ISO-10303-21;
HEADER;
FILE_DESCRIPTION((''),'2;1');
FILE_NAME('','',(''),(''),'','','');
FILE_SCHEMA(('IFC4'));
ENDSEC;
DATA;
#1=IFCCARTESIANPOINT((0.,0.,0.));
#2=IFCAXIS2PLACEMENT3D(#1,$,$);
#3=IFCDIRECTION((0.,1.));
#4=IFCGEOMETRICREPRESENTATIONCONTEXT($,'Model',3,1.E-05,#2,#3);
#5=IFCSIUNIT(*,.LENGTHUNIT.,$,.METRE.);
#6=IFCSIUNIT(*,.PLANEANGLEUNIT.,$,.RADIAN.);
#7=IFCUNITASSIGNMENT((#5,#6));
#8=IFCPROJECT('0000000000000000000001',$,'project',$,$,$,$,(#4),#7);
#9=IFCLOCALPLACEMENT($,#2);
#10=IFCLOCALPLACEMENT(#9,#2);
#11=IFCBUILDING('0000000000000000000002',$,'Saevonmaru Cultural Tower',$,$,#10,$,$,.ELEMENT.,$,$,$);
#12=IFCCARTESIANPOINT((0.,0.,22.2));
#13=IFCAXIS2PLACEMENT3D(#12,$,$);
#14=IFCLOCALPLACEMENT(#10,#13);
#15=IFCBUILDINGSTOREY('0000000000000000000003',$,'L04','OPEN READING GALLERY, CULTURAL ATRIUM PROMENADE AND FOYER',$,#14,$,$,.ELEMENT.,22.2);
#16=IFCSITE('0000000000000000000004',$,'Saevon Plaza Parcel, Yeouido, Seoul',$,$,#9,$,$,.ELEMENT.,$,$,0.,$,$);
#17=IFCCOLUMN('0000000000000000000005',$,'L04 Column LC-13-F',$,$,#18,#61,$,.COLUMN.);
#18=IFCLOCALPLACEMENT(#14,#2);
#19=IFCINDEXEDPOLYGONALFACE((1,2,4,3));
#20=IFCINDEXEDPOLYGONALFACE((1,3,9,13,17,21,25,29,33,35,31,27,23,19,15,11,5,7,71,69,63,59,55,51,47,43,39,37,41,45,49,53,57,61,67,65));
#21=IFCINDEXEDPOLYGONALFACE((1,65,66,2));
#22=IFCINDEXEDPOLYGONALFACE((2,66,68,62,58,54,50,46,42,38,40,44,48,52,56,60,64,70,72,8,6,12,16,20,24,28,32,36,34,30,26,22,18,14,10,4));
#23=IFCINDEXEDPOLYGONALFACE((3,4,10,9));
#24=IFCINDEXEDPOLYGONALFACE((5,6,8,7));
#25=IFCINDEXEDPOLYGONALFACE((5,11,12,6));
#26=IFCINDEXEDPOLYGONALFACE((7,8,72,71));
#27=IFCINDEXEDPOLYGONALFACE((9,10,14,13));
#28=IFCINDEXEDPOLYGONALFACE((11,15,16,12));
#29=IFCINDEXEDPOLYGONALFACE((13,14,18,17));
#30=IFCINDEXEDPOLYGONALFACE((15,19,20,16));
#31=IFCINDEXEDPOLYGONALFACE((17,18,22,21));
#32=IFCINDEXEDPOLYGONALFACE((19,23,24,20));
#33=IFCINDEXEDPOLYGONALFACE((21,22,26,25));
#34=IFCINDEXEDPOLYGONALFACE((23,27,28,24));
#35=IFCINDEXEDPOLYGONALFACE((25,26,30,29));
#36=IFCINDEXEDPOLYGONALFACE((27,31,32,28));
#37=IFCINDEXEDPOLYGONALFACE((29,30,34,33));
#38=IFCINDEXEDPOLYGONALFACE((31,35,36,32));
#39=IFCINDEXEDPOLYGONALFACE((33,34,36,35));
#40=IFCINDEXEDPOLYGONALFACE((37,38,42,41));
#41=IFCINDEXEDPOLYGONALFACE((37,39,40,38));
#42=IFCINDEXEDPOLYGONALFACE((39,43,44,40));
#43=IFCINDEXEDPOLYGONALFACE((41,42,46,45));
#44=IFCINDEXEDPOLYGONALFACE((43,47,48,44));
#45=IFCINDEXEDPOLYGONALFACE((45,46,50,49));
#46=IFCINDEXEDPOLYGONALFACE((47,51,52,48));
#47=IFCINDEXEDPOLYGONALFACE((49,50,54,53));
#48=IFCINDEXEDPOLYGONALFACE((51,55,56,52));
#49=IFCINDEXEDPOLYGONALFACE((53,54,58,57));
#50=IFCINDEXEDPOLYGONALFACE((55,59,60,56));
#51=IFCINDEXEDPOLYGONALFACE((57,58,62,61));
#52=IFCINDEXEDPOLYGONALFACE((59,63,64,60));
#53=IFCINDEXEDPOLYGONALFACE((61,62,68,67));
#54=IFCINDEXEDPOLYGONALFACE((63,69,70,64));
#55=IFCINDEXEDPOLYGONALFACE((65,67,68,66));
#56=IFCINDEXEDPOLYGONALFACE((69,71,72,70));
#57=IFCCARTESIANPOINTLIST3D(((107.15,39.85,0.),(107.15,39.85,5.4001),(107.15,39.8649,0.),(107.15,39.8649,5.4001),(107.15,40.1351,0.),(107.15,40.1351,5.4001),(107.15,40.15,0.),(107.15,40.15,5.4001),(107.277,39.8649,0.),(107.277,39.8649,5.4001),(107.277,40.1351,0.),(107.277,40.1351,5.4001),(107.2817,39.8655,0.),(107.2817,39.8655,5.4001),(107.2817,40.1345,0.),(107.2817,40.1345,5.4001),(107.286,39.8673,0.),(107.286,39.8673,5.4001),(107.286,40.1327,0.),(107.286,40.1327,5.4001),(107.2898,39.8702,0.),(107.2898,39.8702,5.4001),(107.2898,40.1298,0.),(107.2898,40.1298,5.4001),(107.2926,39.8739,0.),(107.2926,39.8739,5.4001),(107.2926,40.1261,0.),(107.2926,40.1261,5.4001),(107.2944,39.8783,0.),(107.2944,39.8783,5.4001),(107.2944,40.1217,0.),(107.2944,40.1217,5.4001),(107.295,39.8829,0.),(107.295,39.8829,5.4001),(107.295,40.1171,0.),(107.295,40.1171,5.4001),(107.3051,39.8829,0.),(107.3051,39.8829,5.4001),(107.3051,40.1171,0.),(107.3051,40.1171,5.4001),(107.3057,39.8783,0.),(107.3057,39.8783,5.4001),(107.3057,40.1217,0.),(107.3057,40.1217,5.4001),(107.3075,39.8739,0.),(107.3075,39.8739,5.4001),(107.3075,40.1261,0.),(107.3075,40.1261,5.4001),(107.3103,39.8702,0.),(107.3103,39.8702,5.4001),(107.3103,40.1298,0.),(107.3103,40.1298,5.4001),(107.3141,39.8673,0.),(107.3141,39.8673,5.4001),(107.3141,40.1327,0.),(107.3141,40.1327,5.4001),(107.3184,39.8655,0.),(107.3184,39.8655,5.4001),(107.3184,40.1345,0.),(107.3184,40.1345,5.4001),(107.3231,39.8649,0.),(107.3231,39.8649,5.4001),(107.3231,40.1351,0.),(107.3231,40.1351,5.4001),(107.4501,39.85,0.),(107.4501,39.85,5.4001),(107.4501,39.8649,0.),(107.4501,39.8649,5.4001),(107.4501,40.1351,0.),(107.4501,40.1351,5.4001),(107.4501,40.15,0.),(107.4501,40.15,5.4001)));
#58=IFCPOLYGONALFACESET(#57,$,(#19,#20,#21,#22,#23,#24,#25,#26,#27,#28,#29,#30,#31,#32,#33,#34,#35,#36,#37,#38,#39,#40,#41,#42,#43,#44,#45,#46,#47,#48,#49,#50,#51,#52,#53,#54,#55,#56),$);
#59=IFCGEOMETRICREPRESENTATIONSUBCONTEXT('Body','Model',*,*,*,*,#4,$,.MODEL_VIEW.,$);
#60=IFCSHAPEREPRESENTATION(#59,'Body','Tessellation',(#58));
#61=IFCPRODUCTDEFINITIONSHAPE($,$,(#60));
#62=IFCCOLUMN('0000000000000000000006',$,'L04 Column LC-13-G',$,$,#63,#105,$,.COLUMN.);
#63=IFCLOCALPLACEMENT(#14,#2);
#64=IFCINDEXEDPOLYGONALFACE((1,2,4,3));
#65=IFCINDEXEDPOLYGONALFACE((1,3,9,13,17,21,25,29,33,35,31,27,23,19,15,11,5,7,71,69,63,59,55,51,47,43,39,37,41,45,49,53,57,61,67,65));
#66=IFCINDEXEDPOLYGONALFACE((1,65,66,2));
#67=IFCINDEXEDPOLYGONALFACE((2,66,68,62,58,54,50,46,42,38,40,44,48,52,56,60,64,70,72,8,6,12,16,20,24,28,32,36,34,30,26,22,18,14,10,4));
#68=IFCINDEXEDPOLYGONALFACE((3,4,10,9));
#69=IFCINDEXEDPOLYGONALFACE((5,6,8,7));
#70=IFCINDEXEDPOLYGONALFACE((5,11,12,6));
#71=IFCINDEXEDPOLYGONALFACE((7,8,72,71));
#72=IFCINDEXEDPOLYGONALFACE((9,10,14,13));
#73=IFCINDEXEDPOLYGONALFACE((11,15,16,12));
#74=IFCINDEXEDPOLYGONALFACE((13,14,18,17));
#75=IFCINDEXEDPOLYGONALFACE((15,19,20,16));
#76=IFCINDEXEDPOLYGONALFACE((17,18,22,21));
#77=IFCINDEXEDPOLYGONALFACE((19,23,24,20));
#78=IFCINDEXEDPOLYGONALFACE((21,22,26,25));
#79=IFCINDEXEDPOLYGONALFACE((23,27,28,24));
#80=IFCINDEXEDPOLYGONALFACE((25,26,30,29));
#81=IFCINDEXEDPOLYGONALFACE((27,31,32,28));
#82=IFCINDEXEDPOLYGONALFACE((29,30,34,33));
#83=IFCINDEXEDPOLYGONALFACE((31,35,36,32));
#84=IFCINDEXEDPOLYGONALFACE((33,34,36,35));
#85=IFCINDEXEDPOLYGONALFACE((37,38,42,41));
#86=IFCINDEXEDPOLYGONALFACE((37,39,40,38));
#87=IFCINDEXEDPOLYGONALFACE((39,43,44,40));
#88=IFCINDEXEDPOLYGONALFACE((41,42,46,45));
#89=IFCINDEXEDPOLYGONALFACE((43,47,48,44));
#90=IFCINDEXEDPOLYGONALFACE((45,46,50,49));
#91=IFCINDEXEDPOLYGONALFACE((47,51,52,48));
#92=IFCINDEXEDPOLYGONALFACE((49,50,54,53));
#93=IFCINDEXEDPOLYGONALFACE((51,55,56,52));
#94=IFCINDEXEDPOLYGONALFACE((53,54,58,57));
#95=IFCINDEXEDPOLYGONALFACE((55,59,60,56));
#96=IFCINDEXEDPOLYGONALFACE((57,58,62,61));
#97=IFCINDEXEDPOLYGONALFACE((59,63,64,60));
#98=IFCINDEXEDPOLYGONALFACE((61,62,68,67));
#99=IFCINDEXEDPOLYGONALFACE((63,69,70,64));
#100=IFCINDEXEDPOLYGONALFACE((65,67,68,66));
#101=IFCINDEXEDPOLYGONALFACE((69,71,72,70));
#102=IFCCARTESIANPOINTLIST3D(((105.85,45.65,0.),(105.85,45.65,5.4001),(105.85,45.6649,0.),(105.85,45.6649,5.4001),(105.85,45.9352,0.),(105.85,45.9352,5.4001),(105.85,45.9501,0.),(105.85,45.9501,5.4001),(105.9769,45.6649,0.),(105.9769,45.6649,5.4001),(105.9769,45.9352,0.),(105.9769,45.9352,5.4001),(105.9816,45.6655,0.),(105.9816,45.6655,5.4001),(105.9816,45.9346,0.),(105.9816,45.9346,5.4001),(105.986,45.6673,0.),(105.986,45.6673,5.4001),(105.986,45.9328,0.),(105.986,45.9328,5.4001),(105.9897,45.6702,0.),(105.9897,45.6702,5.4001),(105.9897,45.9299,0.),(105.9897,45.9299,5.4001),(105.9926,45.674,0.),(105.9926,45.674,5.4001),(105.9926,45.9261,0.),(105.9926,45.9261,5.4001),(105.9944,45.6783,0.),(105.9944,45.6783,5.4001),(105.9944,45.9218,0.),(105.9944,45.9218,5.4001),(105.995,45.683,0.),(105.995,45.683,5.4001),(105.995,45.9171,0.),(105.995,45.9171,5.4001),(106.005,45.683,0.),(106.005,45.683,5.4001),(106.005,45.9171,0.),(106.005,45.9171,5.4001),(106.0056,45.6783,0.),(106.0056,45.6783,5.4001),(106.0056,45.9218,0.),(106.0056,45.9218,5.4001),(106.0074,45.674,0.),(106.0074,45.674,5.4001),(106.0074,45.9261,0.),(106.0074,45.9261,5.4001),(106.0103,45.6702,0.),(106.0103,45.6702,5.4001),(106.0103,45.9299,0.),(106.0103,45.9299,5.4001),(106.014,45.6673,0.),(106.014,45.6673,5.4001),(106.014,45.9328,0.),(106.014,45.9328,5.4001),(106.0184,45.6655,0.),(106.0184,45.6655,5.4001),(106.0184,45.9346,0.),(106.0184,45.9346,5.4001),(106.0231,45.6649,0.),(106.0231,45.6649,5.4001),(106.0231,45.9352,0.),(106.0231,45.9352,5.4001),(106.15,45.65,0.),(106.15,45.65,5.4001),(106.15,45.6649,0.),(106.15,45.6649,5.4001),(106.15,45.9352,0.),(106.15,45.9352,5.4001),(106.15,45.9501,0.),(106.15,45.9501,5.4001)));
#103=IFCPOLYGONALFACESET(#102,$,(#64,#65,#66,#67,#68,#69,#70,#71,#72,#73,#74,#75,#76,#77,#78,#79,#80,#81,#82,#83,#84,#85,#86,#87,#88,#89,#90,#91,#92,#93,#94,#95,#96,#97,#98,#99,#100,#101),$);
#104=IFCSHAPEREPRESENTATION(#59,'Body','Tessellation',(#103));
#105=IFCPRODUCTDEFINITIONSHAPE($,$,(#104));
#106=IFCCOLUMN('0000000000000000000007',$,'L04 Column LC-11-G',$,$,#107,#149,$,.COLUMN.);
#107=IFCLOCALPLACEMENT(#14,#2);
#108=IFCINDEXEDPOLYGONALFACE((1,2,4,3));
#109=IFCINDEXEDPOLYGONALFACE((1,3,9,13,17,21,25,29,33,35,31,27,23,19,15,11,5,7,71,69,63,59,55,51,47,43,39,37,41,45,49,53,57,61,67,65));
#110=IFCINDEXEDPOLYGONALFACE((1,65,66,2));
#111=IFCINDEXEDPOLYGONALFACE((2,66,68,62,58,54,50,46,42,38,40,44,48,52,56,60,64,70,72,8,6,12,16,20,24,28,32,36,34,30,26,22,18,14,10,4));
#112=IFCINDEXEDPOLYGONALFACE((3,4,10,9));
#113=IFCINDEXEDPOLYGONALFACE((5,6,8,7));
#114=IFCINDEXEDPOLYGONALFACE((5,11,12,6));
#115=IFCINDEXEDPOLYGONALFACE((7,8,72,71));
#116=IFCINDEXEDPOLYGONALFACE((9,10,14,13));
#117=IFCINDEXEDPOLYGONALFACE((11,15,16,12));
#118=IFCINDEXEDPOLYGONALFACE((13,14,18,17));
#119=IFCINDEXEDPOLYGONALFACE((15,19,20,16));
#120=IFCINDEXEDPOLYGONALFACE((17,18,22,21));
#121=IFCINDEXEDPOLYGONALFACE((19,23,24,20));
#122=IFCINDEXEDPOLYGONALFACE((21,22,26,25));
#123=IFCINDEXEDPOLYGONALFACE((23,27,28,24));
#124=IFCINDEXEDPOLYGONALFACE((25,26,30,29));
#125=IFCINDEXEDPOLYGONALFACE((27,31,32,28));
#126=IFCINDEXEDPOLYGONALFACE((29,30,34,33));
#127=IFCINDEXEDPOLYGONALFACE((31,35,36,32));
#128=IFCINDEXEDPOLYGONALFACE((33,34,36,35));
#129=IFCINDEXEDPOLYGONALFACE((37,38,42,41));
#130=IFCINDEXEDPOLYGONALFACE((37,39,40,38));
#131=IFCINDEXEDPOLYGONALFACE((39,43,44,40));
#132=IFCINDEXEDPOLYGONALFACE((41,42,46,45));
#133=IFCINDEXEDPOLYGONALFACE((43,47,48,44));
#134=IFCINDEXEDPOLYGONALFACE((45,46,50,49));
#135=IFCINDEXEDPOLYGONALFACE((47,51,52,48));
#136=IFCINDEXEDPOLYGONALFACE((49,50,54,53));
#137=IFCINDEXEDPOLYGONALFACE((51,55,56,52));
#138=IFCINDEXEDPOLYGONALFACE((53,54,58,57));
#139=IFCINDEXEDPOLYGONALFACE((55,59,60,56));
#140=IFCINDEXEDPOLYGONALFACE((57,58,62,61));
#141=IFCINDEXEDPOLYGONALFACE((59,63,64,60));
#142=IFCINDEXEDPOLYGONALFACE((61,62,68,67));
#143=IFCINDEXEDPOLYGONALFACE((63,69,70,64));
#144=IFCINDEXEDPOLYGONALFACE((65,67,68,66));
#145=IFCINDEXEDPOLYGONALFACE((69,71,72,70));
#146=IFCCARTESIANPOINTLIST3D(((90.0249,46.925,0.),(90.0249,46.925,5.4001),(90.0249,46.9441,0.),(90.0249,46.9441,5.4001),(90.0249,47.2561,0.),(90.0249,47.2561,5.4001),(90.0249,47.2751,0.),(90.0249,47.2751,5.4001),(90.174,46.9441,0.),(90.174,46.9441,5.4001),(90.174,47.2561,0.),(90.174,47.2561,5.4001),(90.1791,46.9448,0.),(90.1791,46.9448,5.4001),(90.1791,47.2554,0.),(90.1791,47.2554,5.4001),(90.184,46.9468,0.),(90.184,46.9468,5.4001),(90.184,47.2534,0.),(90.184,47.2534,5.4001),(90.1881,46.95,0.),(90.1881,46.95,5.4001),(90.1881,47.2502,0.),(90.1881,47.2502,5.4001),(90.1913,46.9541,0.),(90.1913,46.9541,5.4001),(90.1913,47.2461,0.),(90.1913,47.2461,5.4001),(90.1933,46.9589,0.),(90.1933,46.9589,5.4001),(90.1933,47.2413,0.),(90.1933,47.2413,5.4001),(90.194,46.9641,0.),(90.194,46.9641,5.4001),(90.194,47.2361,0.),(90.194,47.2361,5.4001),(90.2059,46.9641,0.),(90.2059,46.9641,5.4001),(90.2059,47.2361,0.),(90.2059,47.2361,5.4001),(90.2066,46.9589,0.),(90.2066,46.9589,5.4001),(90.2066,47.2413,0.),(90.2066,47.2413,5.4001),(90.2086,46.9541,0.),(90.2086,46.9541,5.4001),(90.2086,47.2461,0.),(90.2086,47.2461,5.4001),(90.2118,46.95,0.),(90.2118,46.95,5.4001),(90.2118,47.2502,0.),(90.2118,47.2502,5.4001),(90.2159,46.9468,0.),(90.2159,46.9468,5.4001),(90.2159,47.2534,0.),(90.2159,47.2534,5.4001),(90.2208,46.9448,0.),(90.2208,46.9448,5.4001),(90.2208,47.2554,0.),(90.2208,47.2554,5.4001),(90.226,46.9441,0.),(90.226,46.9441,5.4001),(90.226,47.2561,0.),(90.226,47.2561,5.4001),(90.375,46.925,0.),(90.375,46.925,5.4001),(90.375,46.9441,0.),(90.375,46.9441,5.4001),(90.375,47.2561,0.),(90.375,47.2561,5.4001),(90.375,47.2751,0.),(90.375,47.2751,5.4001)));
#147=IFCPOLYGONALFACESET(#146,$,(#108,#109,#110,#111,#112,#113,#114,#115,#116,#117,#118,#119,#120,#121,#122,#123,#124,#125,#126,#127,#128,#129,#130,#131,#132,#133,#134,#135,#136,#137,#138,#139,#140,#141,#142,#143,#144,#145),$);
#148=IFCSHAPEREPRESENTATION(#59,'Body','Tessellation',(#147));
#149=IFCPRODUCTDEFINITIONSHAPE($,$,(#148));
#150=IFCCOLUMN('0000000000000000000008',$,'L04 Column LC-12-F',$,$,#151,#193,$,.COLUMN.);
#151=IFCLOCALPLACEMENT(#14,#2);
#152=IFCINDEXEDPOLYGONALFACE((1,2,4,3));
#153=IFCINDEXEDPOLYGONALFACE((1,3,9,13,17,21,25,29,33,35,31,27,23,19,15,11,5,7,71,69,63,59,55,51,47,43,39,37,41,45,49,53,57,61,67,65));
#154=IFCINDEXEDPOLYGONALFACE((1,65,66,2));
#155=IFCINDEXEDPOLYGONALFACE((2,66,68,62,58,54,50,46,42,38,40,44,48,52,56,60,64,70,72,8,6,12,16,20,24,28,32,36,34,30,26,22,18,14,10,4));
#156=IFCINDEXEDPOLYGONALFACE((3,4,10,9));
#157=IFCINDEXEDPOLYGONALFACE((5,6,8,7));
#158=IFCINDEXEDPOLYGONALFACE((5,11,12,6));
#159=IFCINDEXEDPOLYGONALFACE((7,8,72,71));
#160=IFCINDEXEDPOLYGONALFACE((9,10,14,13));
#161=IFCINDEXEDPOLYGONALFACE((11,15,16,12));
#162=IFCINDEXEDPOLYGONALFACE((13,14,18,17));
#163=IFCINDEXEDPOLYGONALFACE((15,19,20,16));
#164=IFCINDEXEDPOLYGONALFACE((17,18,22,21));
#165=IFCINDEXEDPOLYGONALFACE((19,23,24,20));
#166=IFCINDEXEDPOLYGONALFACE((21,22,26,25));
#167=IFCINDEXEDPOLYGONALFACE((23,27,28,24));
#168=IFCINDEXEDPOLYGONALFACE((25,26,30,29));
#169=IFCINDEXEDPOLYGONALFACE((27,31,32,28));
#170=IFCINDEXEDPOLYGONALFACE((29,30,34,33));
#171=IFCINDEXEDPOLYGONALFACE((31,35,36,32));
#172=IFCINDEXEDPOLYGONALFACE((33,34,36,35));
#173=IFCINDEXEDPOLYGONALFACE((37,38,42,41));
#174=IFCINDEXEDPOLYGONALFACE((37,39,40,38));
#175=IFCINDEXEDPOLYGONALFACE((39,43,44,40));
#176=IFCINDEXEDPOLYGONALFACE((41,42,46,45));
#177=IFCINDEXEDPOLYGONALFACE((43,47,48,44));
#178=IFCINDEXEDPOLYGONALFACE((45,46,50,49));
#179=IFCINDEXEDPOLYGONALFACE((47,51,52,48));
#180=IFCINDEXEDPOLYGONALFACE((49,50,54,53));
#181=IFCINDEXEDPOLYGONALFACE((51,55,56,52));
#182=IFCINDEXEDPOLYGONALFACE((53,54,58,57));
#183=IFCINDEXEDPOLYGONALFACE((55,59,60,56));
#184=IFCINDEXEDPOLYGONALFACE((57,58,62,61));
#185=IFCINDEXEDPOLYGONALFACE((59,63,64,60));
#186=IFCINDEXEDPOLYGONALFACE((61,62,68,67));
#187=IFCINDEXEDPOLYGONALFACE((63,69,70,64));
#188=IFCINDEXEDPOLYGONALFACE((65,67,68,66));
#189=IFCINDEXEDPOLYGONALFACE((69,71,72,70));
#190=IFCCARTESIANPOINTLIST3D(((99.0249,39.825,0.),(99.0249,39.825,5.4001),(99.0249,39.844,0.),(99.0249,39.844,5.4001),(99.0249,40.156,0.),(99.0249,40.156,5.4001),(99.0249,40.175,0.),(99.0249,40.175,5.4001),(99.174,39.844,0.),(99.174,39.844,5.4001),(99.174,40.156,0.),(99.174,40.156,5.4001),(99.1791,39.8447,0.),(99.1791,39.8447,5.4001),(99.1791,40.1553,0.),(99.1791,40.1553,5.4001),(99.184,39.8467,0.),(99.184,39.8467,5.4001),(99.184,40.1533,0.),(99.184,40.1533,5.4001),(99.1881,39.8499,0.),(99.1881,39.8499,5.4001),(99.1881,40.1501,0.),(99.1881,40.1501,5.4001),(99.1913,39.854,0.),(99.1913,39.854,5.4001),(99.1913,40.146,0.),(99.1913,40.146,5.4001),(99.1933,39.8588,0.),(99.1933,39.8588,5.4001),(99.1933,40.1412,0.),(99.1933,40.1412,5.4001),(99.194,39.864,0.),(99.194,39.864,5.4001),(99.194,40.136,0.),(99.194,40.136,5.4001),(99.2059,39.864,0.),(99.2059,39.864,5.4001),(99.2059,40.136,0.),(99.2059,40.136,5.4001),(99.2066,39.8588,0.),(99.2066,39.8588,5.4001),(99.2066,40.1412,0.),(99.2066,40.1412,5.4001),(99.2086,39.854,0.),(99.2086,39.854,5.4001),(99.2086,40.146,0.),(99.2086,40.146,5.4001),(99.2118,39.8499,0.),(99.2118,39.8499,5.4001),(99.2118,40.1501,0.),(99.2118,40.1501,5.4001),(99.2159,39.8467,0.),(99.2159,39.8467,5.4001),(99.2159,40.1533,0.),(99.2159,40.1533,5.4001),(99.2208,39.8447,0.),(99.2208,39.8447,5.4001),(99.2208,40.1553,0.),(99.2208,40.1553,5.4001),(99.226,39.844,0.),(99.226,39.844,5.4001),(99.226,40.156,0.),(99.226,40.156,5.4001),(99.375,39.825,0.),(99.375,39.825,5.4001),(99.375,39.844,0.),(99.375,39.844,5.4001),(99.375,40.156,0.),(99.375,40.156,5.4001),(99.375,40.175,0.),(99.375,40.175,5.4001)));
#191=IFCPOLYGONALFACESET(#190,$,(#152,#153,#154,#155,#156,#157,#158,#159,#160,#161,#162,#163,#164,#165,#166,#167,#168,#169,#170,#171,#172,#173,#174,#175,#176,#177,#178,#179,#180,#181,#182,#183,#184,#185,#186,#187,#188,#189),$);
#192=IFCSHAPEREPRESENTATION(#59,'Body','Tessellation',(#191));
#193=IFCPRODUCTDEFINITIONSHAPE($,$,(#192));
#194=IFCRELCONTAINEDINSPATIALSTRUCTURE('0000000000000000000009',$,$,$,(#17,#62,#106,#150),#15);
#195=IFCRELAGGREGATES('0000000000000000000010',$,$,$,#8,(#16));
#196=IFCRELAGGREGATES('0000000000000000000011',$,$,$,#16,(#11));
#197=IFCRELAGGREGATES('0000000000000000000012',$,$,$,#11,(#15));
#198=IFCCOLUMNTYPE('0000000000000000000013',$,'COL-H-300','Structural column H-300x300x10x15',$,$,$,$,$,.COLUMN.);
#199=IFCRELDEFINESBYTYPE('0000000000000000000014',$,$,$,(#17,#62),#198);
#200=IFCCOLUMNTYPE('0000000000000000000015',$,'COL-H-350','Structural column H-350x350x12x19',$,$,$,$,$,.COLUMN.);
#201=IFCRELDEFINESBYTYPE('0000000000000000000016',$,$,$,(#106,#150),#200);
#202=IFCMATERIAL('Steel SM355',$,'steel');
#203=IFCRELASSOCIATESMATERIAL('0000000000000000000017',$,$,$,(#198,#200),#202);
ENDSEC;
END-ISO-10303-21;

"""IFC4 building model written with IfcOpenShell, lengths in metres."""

from ifc_helpers import new_model, si_unit, direction, frame, origin, origin_2d, place, context, subcontext, project, spatial, i_section, extrude, material, material_profile, profile_set, type_object, element, save


model = new_model("IFC4")

# Units and contexts
model_context = context("Model", 3, precision=1e-05, world=origin(), true_north=direction((0.0, 1.0)))
body_context = subcontext(model_context, "Body", "Model", "MODEL_VIEW")
ifc_project = project(units=[si_unit("LENGTHUNIT", "METRE"), si_unit("PLANEANGLEUNIT", "RADIAN")], contexts=[model_context])

# Site, building, storey
site_placement = place(None, origin())
site = spatial("IfcSite", under=ifc_project, at=site_placement, Name="Saevon Plaza Parcel, Yeouido, Seoul", CompositionType="ELEMENT", RefElevation=0.0)
building_placement = place(site_placement, origin())
building = spatial("IfcBuilding", under=site, at=building_placement, Name="Saevonmaru Cultural Tower", CompositionType="ELEMENT")
storey_placement = place(building_placement, frame((0.0, 0.0, 22.2)))
storey = spatial("IfcBuildingStorey", under=building, at=storey_placement, Name="L04", Description="OPEN READING GALLERY, CULTURAL ATRIUM PROMENADE AND FOYER", CompositionType="ELEMENT", Elevation=22.2)

# Columns
ifc_material_1 = material(Name="Steel SM355", Category="steel")
ifc_material_profile_1 = material_profile(ifc_material_1, i_section(OverallWidth=0.3, OverallDepth=0.3, WebThickness=0.01, FlangeThickness=0.0149, FilletRadius=0.0181, at=origin_2d()), Name="H-300x300x10x15")
ifc_profile_set_1 = profile_set([ifc_material_profile_1], Name="Steel SM355")
column_type_1 = type_object("IfcColumnType", Name="COL-H-300", Description="Structural column H-300x300x10x15", PredefinedType="COLUMN", material=ifc_profile_set_1)
for number, where, z_axis, x_axis, name in (
    (1, (107.3, 40.0, 0.0), (0.0, 0.0, 1.0), (1.0, 0.0, 0.0), "L04 Column LC-13-F"),
    (2, (106.0, 45.8, 0.0), (0.0, 0.0, 1.0), (1.0, 0.0, 0.0), "L04 Column LC-13-G"),
):
    element("IfcColumn", number, at=place(storey_placement, frame(where, z_axis=z_axis, x_axis=x_axis)), inside=storey, type_object=column_type_1, Name=name, PredefinedType="COLUMN", context=body_context, shape_type="SweptSolid", body=[
        extrude(i_section(OverallWidth=0.3, OverallDepth=0.3, WebThickness=0.01, FlangeThickness=0.0149, FilletRadius=0.0181, at=origin_2d()), origin(), (0.0, 0.0, 1.0), 5.4001),
    ])
ifc_material_profile_2 = material_profile(ifc_material_1, i_section(OverallWidth=0.3501, OverallDepth=0.3501, WebThickness=0.012, FlangeThickness=0.019, FilletRadius=0.02, at=origin_2d()), Name="H-350x350x12x19")
ifc_profile_set_2 = profile_set([ifc_material_profile_2], Name="Steel SM355")
column_type_2 = type_object("IfcColumnType", Name="COL-H-350", Description="Structural column H-350x350x12x19", PredefinedType="COLUMN", material=ifc_profile_set_2)
for number, where, z_axis, x_axis, name in (
    (3, (90.2, 47.1001, 0.0), (0.0, 0.0, 1.0), (1.0, 0.0, 0.0), "L04 Column LC-11-G"),
    (4, (99.2, 40.0, 0.0), (0.0, 0.0, 1.0), (1.0, 0.0, 0.0), "L04 Column LC-12-F"),
):
    element("IfcColumn", number, at=place(storey_placement, frame(where, z_axis=z_axis, x_axis=x_axis)), inside=storey, type_object=column_type_2, Name=name, PredefinedType="COLUMN", context=body_context, shape_type="SweptSolid", body=[
        extrude(i_section(OverallWidth=0.3501, OverallDepth=0.3501, WebThickness=0.012, FlangeThickness=0.019, FilletRadius=0.02, at=origin_2d()), origin(), (0.0, 0.0, 1.0), 5.4001),
    ])

save(model, "model.ifc")
